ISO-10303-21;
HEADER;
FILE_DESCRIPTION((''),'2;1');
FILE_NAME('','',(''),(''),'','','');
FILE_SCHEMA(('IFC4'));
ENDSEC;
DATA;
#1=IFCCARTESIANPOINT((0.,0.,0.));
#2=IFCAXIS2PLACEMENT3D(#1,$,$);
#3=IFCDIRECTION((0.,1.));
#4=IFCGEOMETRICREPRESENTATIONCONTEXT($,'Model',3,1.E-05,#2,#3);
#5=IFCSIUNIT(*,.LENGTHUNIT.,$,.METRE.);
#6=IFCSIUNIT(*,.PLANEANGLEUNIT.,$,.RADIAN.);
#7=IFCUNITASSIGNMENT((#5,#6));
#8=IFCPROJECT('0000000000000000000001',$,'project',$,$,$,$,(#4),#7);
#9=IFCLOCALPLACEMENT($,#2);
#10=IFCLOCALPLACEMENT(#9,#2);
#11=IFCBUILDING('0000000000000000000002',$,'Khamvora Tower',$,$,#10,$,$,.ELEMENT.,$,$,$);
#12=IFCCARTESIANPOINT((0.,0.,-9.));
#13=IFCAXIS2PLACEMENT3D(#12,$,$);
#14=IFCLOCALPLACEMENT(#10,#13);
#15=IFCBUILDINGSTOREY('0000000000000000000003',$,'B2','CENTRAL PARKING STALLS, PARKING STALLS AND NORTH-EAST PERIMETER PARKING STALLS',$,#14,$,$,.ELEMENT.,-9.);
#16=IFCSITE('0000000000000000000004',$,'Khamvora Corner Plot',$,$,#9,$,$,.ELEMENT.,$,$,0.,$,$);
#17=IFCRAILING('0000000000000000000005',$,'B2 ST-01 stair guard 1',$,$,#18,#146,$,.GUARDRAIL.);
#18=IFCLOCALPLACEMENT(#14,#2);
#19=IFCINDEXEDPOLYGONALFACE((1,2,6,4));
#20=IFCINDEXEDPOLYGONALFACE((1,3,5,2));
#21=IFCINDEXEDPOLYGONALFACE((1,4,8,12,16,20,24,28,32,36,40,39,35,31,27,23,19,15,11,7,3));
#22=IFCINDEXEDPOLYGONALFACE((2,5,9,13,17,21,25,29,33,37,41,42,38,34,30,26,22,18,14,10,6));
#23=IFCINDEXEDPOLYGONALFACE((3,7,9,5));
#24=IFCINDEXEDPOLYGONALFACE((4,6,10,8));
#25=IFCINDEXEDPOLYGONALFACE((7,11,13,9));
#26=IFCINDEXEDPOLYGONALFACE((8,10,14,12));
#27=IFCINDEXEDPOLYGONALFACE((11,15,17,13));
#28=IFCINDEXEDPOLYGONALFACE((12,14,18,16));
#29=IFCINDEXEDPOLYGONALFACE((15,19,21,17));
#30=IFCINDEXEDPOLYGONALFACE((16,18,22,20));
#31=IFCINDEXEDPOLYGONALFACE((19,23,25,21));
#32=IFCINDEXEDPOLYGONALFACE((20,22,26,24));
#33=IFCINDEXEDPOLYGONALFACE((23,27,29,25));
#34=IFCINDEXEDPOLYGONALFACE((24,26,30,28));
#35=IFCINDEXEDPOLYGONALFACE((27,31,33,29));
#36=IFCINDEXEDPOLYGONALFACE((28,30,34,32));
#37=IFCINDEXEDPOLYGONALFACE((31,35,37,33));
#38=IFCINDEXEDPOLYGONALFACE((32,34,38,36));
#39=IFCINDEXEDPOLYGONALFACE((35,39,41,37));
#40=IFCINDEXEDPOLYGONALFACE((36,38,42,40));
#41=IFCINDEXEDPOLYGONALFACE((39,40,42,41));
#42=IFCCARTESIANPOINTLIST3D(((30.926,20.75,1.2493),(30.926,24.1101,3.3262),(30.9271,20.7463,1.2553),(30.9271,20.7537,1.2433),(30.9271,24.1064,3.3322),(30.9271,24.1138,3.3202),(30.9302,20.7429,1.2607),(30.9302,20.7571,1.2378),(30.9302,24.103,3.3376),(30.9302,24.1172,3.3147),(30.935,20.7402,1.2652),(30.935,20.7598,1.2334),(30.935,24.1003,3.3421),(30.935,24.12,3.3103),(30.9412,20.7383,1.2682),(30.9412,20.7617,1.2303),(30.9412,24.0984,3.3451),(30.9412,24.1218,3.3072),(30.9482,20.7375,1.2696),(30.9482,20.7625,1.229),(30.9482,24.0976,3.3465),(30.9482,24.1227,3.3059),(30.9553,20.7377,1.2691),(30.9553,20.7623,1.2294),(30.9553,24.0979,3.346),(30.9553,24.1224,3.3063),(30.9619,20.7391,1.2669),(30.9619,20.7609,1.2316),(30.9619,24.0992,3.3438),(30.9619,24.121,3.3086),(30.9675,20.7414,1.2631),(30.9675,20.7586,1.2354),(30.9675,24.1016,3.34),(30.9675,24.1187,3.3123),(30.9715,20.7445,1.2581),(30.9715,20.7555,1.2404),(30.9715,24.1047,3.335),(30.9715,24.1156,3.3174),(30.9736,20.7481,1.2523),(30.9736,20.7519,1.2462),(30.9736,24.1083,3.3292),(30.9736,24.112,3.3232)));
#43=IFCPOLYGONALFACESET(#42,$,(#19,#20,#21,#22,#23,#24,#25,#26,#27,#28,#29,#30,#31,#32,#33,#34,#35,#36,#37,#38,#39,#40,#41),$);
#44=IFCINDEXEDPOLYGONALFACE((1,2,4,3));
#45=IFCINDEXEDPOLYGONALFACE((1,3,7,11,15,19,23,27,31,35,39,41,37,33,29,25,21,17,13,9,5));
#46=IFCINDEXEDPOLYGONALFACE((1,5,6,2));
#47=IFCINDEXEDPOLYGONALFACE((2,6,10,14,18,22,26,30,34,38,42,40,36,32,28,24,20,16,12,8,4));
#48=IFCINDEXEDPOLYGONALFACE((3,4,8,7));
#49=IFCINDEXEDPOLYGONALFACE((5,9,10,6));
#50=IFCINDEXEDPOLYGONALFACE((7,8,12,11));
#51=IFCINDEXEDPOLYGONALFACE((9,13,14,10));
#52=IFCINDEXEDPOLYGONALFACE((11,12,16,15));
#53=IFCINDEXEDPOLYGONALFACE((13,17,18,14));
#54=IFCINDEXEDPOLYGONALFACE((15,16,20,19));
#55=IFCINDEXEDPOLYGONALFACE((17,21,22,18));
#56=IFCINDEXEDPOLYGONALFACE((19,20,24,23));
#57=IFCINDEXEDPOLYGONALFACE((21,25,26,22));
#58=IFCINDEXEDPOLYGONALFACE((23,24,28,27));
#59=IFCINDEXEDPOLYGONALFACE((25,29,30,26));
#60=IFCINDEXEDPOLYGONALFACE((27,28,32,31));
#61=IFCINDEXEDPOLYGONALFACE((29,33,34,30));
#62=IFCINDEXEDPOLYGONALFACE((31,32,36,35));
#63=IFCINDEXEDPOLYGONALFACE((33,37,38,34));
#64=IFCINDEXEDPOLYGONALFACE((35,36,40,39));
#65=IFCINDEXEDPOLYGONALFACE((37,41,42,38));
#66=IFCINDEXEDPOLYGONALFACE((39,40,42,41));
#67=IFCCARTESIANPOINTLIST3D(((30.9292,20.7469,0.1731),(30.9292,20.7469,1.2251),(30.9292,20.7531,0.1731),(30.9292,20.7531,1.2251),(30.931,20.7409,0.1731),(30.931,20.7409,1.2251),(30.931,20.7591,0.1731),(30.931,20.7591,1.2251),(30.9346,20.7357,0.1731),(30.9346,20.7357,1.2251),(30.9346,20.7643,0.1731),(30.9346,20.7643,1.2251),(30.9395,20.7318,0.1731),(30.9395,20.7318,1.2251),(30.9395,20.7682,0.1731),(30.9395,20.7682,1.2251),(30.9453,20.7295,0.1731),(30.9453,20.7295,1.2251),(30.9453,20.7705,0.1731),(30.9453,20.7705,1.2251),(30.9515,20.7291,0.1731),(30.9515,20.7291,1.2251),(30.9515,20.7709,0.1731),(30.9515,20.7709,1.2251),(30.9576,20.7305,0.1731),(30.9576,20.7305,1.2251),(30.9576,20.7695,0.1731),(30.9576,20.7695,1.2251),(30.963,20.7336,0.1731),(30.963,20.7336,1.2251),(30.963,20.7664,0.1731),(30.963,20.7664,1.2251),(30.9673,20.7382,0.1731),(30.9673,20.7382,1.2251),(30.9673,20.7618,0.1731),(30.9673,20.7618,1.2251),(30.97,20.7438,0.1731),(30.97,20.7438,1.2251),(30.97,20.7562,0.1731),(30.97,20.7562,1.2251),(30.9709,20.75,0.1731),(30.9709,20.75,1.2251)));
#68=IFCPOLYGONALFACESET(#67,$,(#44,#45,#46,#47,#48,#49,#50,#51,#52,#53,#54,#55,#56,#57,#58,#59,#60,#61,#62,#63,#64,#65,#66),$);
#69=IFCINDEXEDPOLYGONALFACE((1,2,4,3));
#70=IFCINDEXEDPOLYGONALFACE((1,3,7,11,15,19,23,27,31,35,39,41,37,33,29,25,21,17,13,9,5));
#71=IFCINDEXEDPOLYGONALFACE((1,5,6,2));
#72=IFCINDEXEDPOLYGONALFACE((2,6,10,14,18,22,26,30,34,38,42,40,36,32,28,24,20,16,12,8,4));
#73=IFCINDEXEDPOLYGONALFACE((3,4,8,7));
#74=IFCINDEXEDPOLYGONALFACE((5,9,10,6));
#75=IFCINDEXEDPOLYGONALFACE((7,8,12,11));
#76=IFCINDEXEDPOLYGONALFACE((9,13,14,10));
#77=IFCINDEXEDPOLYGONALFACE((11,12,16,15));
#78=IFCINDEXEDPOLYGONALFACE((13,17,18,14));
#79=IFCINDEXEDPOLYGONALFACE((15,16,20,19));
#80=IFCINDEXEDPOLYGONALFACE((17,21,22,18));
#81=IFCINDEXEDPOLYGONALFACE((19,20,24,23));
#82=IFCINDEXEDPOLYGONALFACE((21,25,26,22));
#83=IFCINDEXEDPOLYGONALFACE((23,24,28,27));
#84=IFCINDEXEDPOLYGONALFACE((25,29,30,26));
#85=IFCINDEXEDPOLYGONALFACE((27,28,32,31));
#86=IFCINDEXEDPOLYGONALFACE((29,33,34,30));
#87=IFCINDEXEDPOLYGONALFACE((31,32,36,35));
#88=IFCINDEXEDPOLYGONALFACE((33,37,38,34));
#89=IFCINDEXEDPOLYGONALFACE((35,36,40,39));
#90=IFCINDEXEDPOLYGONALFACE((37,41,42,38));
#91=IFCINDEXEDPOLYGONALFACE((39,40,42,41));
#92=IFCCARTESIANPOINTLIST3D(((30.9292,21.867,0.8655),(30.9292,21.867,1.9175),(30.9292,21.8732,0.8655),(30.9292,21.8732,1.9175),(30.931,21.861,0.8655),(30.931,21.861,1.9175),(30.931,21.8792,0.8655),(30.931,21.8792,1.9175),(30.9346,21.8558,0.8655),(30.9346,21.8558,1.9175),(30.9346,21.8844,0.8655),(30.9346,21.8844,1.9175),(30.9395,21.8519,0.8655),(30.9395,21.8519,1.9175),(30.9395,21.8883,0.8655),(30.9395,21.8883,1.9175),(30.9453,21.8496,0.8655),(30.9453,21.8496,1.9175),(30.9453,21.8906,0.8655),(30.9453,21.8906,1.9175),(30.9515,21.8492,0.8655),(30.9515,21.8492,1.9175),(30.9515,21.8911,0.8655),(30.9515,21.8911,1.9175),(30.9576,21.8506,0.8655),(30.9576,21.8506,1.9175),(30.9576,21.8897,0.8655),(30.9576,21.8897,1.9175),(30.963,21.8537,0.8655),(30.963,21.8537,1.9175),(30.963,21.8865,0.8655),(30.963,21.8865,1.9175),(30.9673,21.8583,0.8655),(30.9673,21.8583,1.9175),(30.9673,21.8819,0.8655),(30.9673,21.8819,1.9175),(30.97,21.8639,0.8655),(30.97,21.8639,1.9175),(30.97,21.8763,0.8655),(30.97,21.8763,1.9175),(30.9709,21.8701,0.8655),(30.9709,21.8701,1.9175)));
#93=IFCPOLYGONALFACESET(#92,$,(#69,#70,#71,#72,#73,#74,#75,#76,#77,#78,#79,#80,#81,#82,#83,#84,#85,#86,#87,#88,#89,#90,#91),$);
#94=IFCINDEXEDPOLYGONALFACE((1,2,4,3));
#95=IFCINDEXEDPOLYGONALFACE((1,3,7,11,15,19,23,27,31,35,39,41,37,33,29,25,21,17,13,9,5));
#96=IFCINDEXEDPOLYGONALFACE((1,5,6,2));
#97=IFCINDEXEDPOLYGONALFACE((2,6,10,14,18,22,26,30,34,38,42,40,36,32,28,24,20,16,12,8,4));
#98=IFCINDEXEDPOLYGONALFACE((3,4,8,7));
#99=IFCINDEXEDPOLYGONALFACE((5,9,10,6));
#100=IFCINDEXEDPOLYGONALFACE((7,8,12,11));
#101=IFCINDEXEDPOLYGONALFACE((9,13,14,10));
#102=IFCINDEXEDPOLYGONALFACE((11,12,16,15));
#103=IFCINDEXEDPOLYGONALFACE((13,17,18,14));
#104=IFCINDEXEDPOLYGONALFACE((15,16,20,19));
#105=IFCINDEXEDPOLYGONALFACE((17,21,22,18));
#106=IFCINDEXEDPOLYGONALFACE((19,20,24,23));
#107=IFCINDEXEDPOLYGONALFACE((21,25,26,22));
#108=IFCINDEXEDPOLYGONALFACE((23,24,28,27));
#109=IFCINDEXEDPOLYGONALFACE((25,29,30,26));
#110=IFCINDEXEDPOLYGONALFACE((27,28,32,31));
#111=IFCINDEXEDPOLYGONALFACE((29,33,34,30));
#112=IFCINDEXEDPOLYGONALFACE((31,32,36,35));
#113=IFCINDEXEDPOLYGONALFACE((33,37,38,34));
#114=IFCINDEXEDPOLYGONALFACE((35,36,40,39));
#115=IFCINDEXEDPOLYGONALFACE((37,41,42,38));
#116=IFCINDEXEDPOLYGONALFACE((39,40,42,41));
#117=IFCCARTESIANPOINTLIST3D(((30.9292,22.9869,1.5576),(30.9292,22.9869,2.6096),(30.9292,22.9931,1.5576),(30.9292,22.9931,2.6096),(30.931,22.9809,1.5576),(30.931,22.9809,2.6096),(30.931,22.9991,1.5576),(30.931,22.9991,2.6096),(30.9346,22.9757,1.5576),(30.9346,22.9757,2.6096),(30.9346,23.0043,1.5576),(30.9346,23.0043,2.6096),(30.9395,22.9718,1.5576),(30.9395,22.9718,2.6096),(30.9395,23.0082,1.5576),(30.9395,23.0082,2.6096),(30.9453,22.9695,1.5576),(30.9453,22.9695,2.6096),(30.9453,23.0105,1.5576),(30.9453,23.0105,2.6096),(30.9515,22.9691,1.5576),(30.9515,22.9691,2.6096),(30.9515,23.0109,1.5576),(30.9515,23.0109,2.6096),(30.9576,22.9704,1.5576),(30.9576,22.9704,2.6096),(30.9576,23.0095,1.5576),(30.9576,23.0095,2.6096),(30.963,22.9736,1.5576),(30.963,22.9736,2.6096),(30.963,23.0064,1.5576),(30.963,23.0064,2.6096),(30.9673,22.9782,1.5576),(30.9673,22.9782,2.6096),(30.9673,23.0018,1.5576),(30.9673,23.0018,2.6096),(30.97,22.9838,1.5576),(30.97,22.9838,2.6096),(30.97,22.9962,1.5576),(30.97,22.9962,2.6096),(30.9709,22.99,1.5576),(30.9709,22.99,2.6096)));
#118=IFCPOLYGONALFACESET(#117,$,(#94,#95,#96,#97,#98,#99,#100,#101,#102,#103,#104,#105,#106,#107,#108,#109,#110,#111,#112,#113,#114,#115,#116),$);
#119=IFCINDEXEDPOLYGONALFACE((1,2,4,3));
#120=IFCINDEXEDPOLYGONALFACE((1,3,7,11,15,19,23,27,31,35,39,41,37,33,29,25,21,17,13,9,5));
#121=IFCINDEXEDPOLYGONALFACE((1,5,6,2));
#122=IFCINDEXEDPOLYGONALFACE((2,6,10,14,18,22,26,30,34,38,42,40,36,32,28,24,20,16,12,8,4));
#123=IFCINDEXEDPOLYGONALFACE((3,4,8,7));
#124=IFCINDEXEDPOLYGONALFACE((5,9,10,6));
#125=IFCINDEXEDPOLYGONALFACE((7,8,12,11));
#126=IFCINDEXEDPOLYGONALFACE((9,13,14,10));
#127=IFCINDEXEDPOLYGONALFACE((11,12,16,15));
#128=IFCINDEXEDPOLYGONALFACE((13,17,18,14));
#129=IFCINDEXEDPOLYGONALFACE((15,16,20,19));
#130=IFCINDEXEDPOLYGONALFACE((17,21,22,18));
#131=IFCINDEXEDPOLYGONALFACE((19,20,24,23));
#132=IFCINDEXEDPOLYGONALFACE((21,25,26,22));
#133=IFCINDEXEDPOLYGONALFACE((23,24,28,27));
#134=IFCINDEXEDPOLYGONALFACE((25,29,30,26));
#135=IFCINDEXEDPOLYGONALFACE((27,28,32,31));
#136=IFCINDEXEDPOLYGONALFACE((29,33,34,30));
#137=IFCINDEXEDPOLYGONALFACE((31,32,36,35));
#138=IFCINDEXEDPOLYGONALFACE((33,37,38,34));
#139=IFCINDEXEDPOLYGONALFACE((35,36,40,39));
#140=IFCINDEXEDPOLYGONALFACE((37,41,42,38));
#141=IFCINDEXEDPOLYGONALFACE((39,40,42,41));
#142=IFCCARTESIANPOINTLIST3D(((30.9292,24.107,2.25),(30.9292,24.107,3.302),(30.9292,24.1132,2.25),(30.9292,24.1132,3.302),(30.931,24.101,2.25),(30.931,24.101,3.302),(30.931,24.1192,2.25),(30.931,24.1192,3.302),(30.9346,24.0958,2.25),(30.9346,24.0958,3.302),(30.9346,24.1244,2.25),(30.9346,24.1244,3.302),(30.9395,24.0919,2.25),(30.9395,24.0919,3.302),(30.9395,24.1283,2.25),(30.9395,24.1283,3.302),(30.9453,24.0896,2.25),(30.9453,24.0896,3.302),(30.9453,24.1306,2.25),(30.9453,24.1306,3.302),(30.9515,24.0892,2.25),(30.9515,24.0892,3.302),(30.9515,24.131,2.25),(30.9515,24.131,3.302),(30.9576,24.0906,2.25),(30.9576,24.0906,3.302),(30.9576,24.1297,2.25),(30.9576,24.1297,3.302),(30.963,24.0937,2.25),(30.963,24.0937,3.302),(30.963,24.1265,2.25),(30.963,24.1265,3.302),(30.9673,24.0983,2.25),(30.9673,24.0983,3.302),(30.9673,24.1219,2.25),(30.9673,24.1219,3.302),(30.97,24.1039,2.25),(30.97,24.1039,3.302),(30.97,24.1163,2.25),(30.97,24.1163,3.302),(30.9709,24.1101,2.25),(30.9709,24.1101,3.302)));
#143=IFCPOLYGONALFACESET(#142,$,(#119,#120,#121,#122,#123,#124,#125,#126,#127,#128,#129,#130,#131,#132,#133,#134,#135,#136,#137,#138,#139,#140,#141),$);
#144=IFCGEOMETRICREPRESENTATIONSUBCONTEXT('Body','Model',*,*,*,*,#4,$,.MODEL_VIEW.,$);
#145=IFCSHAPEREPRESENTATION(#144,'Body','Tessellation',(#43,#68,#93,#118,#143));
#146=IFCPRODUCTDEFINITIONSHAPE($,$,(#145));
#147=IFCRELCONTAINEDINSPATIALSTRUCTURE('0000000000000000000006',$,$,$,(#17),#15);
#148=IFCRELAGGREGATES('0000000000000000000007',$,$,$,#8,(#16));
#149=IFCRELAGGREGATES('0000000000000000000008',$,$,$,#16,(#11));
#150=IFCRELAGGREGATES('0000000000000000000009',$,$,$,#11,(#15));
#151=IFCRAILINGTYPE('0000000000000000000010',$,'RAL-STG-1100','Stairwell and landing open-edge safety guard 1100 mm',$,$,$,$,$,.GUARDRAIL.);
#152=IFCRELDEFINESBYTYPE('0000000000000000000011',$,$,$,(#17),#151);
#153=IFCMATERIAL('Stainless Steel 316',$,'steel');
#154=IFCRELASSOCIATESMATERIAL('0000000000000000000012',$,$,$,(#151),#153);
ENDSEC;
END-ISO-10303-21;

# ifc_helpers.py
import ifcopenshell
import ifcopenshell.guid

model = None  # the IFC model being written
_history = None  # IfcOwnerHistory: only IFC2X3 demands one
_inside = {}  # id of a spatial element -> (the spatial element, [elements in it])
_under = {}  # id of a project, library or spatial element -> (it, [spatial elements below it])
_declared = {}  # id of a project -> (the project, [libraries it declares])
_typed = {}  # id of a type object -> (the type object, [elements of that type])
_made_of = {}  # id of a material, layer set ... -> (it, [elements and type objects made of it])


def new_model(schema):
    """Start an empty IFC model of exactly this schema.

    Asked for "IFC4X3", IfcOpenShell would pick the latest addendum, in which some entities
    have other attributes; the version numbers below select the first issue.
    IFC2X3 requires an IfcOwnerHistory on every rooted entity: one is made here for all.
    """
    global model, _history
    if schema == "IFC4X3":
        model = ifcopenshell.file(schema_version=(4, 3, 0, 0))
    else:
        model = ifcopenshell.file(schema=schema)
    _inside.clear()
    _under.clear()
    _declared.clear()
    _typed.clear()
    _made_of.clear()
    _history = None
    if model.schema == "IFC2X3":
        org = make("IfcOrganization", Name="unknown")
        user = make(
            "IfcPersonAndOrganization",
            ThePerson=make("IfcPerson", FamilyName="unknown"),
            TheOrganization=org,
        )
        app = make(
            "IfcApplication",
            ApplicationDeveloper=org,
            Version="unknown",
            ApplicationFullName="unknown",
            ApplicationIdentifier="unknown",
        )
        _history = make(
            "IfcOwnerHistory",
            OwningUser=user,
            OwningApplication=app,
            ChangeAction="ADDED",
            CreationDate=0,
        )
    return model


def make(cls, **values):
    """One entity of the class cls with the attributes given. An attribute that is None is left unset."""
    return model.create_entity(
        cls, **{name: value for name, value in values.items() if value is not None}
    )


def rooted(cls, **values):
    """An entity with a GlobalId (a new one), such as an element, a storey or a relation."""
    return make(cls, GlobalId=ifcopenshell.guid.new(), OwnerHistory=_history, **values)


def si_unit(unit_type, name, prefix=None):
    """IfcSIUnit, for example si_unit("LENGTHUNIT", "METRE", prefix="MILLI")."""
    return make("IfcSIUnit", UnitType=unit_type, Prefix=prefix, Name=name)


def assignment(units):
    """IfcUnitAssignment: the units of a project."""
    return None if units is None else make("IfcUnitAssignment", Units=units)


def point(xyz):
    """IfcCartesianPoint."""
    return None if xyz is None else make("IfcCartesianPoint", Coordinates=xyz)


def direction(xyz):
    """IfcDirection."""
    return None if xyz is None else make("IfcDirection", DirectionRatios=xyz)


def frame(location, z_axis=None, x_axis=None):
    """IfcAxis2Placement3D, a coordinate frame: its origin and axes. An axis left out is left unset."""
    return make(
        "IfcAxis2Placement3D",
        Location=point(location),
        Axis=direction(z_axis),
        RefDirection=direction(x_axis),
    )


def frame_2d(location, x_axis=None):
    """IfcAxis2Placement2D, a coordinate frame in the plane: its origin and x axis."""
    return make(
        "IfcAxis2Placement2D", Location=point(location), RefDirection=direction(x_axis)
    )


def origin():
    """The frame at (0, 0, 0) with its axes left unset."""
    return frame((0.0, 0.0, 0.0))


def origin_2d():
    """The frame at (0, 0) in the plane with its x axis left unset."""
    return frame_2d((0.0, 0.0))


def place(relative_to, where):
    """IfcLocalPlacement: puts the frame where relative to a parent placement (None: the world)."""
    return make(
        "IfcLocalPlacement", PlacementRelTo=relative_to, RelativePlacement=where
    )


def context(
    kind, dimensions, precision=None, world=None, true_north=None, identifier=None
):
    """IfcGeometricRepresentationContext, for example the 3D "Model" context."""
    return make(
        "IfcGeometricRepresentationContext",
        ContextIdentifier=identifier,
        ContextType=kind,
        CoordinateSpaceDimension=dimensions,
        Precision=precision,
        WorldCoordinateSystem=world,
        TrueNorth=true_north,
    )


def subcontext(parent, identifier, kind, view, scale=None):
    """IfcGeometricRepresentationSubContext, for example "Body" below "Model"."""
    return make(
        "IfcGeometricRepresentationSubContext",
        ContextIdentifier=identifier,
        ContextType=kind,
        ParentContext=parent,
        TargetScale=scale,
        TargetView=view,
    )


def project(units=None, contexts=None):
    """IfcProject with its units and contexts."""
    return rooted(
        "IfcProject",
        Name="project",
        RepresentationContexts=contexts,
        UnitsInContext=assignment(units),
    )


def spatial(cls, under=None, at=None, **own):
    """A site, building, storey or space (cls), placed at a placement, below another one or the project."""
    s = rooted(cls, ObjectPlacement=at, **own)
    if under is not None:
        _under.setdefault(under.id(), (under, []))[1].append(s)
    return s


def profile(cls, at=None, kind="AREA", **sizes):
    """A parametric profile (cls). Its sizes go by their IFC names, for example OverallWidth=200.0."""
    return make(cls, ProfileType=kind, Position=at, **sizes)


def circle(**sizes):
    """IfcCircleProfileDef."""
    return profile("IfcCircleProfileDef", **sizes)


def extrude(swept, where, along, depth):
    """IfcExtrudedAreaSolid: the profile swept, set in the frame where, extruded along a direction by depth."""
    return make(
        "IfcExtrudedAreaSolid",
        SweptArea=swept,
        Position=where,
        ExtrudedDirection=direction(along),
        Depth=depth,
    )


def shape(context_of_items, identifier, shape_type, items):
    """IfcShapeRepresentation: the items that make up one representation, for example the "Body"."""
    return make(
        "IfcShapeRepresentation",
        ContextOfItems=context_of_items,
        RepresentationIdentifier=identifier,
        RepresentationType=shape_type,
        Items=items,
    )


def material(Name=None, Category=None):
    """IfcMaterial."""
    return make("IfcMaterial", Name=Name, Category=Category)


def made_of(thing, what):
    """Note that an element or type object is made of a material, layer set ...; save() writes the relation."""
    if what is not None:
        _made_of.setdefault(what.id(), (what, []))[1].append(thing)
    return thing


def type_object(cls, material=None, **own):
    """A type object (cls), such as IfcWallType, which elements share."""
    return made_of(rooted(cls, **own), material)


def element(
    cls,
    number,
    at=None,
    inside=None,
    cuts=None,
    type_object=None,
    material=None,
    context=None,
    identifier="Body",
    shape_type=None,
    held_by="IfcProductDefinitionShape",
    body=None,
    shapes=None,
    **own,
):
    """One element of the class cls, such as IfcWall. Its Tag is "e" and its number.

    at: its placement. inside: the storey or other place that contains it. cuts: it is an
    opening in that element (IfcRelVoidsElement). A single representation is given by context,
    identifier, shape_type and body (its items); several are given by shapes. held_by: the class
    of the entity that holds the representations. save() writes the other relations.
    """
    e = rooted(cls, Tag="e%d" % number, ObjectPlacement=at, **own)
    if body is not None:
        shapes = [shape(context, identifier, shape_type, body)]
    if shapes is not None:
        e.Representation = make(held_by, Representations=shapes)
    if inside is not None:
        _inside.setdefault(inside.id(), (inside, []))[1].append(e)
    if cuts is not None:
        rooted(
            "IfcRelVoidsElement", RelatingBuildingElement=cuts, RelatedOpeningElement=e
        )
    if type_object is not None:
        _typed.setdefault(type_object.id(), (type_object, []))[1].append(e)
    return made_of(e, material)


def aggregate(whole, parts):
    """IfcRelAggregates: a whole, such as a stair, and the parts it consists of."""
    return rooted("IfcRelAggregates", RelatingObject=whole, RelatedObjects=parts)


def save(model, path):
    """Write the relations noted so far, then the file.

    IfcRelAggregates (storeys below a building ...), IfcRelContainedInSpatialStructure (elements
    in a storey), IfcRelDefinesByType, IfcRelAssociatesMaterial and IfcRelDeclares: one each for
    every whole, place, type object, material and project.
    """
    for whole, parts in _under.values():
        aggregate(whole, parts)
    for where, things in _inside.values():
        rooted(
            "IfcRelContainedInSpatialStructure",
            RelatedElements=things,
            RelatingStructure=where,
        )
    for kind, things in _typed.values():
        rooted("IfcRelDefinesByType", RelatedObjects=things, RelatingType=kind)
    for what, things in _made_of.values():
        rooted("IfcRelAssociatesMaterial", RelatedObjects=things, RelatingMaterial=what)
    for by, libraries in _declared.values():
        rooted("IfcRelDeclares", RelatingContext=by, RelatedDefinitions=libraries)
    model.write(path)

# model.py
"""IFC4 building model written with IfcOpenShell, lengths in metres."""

from ifc_helpers import new_model, si_unit, direction, frame, origin, origin_2d, place, context, subcontext, project, spatial, circle, extrude, material, type_object, element, save


model = new_model("IFC4")

# Units and contexts
model_context = context("Model", 3, precision=1e-05, world=origin(), true_north=direction((0.0, 1.0)))
body_context = subcontext(model_context, "Body", "Model", "MODEL_VIEW")
ifc_project = project(units=[si_unit("LENGTHUNIT", "METRE"), si_unit("PLANEANGLEUNIT", "RADIAN")], contexts=[model_context])

# Site, building, storey
site_placement = place(None, origin())
site = spatial("IfcSite", under=ifc_project, at=site_placement, Name="Khamvora Corner Plot", CompositionType="ELEMENT", RefElevation=0.0)
building_placement = place(site_placement, origin())
building = spatial("IfcBuilding", under=site, at=building_placement, Name="Khamvora Tower", CompositionType="ELEMENT")
storey_placement = place(building_placement, frame((0.0, 0.0, -9.0)))
storey = spatial("IfcBuildingStorey", under=building, at=storey_placement, Name="B2", Description="CENTRAL PARKING STALLS, PARKING STALLS AND NORTH-EAST PERIMETER PARKING STALLS", CompositionType="ELEMENT", Elevation=-9.0)

# Railing
ifc_material_1 = material(Name="Stainless Steel 316", Category="steel")
railing_type = type_object("IfcRailingType", Name="RAL-STG-1100", Description="Stairwell and landing open-edge safety guard 1100 mm", PredefinedType="GUARDRAIL", material=ifc_material_1)
railing_1_placement = place(storey_placement, frame((30.95, 20.75, 0.1731)))
element("IfcRailing", 1, at=railing_1_placement, inside=storey, type_object=railing_type, Name="B2 ST-01 stair guard 1", PredefinedType="GUARDRAIL", context=body_context, shape_type="SweptSolid", body=[
    extrude(circle(Radius=0.0239, at=origin_2d()), frame((0.0, 0.0, 1.0762), z_axis=(0.0, 0.850623, 0.525776), x_axis=(-1.0, 0.0, 0.0)), (0.0, 0.0, 1.0), 3.9502),
    extrude(circle(Radius=0.021, at=origin_2d()), origin(), (0.0, 0.0, 1.0), 1.052),
    extrude(circle(Radius=0.021, at=origin_2d()), frame((0.0, 1.1201, 0.6924)), (0.0, 0.0, 1.0), 1.052),
    extrude(circle(Radius=0.021, at=origin_2d()), frame((0.0, 2.24, 1.3845)), (0.0, 0.0, 1.0), 1.052),
    extrude(circle(Radius=0.021, at=origin_2d()), frame((0.0, 3.3601, 2.0769)), (0.0, 0.0, 1.0), 1.052),
])

save(model, "model.ifc")
